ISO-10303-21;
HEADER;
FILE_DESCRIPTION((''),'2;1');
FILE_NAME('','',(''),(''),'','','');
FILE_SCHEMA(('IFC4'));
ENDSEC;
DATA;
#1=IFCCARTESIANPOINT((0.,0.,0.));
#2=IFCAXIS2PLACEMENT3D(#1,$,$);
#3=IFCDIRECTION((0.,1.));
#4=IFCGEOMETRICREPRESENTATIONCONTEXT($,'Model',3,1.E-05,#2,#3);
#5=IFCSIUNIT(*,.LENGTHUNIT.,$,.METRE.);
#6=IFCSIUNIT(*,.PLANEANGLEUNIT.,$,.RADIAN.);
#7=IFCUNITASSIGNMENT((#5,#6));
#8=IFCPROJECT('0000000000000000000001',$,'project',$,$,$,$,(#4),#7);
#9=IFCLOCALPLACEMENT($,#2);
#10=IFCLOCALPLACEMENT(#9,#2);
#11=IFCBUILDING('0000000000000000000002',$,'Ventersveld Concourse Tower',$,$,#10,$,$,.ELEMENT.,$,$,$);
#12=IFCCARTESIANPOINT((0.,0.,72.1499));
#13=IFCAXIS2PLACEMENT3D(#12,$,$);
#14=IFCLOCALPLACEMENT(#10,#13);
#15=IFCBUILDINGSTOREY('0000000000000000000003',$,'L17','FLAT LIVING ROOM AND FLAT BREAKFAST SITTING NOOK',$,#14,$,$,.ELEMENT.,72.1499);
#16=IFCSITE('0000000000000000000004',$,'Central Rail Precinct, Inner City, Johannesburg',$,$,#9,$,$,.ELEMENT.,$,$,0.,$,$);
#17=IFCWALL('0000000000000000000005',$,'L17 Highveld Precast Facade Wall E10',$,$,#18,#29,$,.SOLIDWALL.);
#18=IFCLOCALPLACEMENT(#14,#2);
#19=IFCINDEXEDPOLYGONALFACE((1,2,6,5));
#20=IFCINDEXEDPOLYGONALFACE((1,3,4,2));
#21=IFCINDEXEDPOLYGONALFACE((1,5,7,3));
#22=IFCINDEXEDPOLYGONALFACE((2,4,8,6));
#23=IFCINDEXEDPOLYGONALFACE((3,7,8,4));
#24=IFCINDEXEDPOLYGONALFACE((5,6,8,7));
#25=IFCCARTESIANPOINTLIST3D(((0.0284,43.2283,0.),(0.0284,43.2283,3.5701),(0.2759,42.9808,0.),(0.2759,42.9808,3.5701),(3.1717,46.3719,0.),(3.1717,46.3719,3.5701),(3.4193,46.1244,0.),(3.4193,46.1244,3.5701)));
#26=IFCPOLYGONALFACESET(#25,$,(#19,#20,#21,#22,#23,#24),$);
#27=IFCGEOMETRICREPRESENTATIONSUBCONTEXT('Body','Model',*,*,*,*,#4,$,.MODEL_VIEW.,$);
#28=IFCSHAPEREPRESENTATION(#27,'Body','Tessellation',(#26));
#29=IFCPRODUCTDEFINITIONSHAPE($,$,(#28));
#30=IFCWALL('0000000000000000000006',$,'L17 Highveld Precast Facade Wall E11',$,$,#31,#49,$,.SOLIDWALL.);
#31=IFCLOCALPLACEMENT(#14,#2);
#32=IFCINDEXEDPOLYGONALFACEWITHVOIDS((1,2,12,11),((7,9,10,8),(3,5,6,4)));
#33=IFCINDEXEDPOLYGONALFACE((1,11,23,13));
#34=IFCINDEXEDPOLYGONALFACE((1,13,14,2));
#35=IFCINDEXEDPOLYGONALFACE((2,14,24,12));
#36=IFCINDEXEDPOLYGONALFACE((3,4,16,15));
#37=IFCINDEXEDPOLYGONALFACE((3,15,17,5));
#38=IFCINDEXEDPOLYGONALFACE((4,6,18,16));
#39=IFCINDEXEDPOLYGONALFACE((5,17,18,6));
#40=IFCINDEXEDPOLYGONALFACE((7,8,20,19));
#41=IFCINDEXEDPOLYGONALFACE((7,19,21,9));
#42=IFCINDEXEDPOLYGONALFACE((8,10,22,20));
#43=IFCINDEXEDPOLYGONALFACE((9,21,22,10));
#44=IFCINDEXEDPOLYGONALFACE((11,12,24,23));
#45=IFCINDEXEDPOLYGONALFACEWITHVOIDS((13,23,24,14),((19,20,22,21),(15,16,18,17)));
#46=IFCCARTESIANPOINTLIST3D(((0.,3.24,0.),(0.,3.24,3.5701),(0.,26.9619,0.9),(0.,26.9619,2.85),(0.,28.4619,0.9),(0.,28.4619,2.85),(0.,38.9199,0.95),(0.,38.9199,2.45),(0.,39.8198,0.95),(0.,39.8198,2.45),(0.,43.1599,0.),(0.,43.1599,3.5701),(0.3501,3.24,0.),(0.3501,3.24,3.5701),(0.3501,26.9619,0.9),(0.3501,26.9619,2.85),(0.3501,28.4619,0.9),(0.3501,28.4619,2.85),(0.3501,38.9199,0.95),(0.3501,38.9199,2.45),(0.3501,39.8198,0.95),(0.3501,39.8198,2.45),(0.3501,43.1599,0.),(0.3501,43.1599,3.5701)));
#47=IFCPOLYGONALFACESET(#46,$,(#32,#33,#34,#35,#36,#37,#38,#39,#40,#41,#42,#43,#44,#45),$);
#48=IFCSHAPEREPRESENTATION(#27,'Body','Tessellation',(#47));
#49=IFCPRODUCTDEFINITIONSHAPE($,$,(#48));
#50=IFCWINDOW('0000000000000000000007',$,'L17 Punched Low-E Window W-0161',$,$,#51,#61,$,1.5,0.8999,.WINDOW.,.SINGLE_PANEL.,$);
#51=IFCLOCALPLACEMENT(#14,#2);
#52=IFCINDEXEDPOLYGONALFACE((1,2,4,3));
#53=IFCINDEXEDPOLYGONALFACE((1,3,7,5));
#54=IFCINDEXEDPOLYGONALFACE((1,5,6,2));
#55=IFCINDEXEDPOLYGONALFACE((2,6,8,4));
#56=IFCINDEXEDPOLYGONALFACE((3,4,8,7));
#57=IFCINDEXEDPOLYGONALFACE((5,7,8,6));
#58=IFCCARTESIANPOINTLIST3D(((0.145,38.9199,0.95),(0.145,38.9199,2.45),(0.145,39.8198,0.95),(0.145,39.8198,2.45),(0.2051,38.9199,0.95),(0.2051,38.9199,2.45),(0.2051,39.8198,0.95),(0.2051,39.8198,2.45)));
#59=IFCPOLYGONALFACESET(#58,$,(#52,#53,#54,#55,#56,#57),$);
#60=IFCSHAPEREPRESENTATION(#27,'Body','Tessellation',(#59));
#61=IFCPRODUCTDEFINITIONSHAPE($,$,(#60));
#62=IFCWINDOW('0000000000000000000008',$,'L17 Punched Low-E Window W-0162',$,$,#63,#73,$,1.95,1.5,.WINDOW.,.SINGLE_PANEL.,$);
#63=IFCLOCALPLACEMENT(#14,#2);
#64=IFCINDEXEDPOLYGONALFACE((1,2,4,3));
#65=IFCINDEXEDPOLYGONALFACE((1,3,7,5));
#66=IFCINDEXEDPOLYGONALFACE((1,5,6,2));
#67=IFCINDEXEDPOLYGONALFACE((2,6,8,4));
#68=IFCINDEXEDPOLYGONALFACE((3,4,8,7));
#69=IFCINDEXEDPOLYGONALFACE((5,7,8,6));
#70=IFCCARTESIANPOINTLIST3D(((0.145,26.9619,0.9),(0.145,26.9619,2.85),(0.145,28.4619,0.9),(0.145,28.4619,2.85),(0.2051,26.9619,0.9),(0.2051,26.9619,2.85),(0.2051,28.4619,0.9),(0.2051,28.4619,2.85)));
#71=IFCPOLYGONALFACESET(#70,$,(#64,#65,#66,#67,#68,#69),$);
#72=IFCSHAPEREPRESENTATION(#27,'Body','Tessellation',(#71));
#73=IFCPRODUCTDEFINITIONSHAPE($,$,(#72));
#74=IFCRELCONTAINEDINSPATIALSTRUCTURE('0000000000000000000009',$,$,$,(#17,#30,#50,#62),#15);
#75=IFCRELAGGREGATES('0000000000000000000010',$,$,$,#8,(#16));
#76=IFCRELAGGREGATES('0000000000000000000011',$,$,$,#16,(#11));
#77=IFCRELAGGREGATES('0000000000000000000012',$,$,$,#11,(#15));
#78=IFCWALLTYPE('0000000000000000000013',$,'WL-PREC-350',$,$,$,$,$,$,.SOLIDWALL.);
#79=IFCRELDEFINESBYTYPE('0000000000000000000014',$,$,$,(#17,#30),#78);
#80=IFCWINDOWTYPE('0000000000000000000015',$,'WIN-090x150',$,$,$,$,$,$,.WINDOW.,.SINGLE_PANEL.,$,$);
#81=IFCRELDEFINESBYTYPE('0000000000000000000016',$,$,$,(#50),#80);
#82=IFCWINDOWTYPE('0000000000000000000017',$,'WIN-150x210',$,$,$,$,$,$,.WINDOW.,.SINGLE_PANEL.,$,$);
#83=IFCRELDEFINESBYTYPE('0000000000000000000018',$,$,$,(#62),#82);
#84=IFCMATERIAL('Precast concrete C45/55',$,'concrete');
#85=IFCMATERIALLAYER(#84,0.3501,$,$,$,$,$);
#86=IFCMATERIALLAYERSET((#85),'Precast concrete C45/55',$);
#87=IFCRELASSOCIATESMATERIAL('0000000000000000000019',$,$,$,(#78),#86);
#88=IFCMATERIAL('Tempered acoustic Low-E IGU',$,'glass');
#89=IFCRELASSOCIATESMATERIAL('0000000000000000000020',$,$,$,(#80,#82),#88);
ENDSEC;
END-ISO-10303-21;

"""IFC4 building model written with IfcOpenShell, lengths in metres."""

from ifc_helpers import new_model, si_unit, direction, frame, frame_2d, origin, place, context, subcontext, project, spatial, rectangle, extrude, material, layer, layer_set, type_object, element, fill, save


model = new_model("IFC4")

# Units and contexts
model_context = context("Model", 3, precision=1e-05, world=origin(), true_north=direction((0.0, 1.0)))
body_context = subcontext(model_context, "Body", "Model", "MODEL_VIEW")
ifc_project = project(units=[si_unit("LENGTHUNIT", "METRE"), si_unit("PLANEANGLEUNIT", "RADIAN")], contexts=[model_context])

# Site, building, storey
site_placement = place(None, origin())
site = spatial("IfcSite", under=ifc_project, at=site_placement, Name="Central Rail Precinct, Inner City, Johannesburg", CompositionType="ELEMENT", RefElevation=0.0)
building_placement = place(site_placement, origin())
building = spatial("IfcBuilding", under=site, at=building_placement, Name="Ventersveld Concourse Tower", CompositionType="ELEMENT")
storey_placement = place(building_placement, frame((0.0, 0.0, 72.1499)))
storey = spatial("IfcBuildingStorey", under=building, at=storey_placement, Name="L17", Description="FLAT LIVING ROOM AND FLAT BREAKFAST SITTING NOOK", CompositionType="ELEMENT", Elevation=72.1499)

# Wall
ifc_material_1 = material(Name="Precast concrete C45/55", Category="concrete")
ifc_layer_1 = layer(ifc_material_1, 0.3501)
ifc_layer_set_1 = layer_set([ifc_layer_1], Name="Precast concrete C45/55")
wall_type_1 = type_object("IfcWallType", Name="WL-PREC-350", PredefinedType="SOLIDWALL", material=ifc_layer_set_1)
wall_1_placement = place(storey_placement, frame((3.2954, 46.248, 0.0), z_axis=(0.0, 0.0, 1.0), x_axis=(-0.707079, -0.707134, 0.0)))
element("IfcWall", 1, at=wall_1_placement, inside=storey, type_object=wall_type_1, Name="L17 Highveld Precast Facade Wall E10", PredefinedType="SOLIDWALL", context=body_context, shape_type="SweptSolid", body=[
    extrude(rectangle(XDim=4.4456, YDim=0.3501, at=frame_2d((2.2227, 0.0))), origin(), (0.0, 0.0, 1.0), 3.5701),
])

# Wall, openings, windows
wall_2_placement = place(storey_placement, frame((0.175, 43.1599, 0.0), z_axis=(0.0, 0.0, 1.0), x_axis=(0.0, -1.0, 0.0)))
wall_2 = element("IfcWall", 2, at=wall_2_placement, inside=storey, type_object=wall_type_1, Name="L17 Highveld Precast Facade Wall E11", PredefinedType="SOLIDWALL", context=body_context, shape_type="SweptSolid", body=[
    extrude(rectangle(XDim=39.9199, YDim=0.3501, at=frame_2d((19.96, 0.0))), origin(), (0.0, 0.0, 1.0), 3.5701),
])
opening_1_placement = place(wall_2_placement, frame((3.3401, 0.0, 0.95)))
opening_1 = element("IfcOpeningElement", 3, at=opening_1_placement, cuts=wall_2, PredefinedType="OPENING", context=body_context, shape_type="SweptSolid", body=[
    extrude(rectangle(XDim=0.8999, YDim=1.5, at=frame_2d((0.45, 0.75))), frame((0.0, 0.1851, 0.0), z_axis=(0.0, -1.0, 0.0), x_axis=(1.0, 0.0, 0.0)), (0.0, 0.0, 1.0), 0.3701),
])
opening_2_placement = place(wall_2_placement, frame((14.698, 0.0, 0.8999)))
opening_2 = element("IfcOpeningElement", 4, at=opening_2_placement, cuts=wall_2, PredefinedType="OPENING", context=body_context, shape_type="SweptSolid", body=[
    extrude(rectangle(XDim=1.5, YDim=1.95, at=frame_2d((0.75, 0.9751))), frame((0.0, 0.1851, 0.0), z_axis=(0.0, -1.0, 0.0), x_axis=(1.0, 0.0, 0.0)), (0.0, 0.0, 1.0), 0.3701),
])
ifc_material_2 = material(Name="Tempered acoustic Low-E IGU", Category="glass")
window_type_1 = type_object("IfcWindowType", Name="WIN-090x150", PartitioningType="SINGLE_PANEL", PredefinedType="WINDOW", material=ifc_material_2)
window_1_placement = place(opening_1_placement, origin())
window_1 = element("IfcWindow", 5, at=window_1_placement, inside=storey, type_object=window_type_1, Name="L17 Punched Low-E Window W-0161", OverallHeight=1.5, OverallWidth=0.8999, PartitioningType="SINGLE_PANEL", PredefinedType="WINDOW", context=body_context, shape_type="SweptSolid", body=[
    extrude(rectangle(XDim=0.8999, YDim=1.5, at=frame_2d((0.45, 0.75))), frame((0.0, 0.03, 0.0), z_axis=(0.0, -1.0, 0.0), x_axis=(1.0, 0.0, 0.0)), (0.0, 0.0, 1.0), 0.0601),
])
fill(opening_1, window_1)
window_type_2 = type_object("IfcWindowType", Name="WIN-150x210", PartitioningType="SINGLE_PANEL", PredefinedType="WINDOW", material=ifc_material_2)
window_2_placement = place(opening_2_placement, origin())
window_2 = element("IfcWindow", 6, at=window_2_placement, inside=storey, type_object=window_type_2, Name="L17 Punched Low-E Window W-0162", OverallHeight=1.95, OverallWidth=1.5, PartitioningType="SINGLE_PANEL", PredefinedType="WINDOW", context=body_context, shape_type="SweptSolid", body=[
    extrude(rectangle(XDim=1.5, YDim=1.95, at=frame_2d((0.75, 0.9751))), frame((0.0, 0.03, 0.0), z_axis=(0.0, -1.0, 0.0), x_axis=(1.0, 0.0, 0.0)), (0.0, 0.0, 1.0), 0.0601),
])
fill(opening_2, window_2)

save(model, "model.ifc")
